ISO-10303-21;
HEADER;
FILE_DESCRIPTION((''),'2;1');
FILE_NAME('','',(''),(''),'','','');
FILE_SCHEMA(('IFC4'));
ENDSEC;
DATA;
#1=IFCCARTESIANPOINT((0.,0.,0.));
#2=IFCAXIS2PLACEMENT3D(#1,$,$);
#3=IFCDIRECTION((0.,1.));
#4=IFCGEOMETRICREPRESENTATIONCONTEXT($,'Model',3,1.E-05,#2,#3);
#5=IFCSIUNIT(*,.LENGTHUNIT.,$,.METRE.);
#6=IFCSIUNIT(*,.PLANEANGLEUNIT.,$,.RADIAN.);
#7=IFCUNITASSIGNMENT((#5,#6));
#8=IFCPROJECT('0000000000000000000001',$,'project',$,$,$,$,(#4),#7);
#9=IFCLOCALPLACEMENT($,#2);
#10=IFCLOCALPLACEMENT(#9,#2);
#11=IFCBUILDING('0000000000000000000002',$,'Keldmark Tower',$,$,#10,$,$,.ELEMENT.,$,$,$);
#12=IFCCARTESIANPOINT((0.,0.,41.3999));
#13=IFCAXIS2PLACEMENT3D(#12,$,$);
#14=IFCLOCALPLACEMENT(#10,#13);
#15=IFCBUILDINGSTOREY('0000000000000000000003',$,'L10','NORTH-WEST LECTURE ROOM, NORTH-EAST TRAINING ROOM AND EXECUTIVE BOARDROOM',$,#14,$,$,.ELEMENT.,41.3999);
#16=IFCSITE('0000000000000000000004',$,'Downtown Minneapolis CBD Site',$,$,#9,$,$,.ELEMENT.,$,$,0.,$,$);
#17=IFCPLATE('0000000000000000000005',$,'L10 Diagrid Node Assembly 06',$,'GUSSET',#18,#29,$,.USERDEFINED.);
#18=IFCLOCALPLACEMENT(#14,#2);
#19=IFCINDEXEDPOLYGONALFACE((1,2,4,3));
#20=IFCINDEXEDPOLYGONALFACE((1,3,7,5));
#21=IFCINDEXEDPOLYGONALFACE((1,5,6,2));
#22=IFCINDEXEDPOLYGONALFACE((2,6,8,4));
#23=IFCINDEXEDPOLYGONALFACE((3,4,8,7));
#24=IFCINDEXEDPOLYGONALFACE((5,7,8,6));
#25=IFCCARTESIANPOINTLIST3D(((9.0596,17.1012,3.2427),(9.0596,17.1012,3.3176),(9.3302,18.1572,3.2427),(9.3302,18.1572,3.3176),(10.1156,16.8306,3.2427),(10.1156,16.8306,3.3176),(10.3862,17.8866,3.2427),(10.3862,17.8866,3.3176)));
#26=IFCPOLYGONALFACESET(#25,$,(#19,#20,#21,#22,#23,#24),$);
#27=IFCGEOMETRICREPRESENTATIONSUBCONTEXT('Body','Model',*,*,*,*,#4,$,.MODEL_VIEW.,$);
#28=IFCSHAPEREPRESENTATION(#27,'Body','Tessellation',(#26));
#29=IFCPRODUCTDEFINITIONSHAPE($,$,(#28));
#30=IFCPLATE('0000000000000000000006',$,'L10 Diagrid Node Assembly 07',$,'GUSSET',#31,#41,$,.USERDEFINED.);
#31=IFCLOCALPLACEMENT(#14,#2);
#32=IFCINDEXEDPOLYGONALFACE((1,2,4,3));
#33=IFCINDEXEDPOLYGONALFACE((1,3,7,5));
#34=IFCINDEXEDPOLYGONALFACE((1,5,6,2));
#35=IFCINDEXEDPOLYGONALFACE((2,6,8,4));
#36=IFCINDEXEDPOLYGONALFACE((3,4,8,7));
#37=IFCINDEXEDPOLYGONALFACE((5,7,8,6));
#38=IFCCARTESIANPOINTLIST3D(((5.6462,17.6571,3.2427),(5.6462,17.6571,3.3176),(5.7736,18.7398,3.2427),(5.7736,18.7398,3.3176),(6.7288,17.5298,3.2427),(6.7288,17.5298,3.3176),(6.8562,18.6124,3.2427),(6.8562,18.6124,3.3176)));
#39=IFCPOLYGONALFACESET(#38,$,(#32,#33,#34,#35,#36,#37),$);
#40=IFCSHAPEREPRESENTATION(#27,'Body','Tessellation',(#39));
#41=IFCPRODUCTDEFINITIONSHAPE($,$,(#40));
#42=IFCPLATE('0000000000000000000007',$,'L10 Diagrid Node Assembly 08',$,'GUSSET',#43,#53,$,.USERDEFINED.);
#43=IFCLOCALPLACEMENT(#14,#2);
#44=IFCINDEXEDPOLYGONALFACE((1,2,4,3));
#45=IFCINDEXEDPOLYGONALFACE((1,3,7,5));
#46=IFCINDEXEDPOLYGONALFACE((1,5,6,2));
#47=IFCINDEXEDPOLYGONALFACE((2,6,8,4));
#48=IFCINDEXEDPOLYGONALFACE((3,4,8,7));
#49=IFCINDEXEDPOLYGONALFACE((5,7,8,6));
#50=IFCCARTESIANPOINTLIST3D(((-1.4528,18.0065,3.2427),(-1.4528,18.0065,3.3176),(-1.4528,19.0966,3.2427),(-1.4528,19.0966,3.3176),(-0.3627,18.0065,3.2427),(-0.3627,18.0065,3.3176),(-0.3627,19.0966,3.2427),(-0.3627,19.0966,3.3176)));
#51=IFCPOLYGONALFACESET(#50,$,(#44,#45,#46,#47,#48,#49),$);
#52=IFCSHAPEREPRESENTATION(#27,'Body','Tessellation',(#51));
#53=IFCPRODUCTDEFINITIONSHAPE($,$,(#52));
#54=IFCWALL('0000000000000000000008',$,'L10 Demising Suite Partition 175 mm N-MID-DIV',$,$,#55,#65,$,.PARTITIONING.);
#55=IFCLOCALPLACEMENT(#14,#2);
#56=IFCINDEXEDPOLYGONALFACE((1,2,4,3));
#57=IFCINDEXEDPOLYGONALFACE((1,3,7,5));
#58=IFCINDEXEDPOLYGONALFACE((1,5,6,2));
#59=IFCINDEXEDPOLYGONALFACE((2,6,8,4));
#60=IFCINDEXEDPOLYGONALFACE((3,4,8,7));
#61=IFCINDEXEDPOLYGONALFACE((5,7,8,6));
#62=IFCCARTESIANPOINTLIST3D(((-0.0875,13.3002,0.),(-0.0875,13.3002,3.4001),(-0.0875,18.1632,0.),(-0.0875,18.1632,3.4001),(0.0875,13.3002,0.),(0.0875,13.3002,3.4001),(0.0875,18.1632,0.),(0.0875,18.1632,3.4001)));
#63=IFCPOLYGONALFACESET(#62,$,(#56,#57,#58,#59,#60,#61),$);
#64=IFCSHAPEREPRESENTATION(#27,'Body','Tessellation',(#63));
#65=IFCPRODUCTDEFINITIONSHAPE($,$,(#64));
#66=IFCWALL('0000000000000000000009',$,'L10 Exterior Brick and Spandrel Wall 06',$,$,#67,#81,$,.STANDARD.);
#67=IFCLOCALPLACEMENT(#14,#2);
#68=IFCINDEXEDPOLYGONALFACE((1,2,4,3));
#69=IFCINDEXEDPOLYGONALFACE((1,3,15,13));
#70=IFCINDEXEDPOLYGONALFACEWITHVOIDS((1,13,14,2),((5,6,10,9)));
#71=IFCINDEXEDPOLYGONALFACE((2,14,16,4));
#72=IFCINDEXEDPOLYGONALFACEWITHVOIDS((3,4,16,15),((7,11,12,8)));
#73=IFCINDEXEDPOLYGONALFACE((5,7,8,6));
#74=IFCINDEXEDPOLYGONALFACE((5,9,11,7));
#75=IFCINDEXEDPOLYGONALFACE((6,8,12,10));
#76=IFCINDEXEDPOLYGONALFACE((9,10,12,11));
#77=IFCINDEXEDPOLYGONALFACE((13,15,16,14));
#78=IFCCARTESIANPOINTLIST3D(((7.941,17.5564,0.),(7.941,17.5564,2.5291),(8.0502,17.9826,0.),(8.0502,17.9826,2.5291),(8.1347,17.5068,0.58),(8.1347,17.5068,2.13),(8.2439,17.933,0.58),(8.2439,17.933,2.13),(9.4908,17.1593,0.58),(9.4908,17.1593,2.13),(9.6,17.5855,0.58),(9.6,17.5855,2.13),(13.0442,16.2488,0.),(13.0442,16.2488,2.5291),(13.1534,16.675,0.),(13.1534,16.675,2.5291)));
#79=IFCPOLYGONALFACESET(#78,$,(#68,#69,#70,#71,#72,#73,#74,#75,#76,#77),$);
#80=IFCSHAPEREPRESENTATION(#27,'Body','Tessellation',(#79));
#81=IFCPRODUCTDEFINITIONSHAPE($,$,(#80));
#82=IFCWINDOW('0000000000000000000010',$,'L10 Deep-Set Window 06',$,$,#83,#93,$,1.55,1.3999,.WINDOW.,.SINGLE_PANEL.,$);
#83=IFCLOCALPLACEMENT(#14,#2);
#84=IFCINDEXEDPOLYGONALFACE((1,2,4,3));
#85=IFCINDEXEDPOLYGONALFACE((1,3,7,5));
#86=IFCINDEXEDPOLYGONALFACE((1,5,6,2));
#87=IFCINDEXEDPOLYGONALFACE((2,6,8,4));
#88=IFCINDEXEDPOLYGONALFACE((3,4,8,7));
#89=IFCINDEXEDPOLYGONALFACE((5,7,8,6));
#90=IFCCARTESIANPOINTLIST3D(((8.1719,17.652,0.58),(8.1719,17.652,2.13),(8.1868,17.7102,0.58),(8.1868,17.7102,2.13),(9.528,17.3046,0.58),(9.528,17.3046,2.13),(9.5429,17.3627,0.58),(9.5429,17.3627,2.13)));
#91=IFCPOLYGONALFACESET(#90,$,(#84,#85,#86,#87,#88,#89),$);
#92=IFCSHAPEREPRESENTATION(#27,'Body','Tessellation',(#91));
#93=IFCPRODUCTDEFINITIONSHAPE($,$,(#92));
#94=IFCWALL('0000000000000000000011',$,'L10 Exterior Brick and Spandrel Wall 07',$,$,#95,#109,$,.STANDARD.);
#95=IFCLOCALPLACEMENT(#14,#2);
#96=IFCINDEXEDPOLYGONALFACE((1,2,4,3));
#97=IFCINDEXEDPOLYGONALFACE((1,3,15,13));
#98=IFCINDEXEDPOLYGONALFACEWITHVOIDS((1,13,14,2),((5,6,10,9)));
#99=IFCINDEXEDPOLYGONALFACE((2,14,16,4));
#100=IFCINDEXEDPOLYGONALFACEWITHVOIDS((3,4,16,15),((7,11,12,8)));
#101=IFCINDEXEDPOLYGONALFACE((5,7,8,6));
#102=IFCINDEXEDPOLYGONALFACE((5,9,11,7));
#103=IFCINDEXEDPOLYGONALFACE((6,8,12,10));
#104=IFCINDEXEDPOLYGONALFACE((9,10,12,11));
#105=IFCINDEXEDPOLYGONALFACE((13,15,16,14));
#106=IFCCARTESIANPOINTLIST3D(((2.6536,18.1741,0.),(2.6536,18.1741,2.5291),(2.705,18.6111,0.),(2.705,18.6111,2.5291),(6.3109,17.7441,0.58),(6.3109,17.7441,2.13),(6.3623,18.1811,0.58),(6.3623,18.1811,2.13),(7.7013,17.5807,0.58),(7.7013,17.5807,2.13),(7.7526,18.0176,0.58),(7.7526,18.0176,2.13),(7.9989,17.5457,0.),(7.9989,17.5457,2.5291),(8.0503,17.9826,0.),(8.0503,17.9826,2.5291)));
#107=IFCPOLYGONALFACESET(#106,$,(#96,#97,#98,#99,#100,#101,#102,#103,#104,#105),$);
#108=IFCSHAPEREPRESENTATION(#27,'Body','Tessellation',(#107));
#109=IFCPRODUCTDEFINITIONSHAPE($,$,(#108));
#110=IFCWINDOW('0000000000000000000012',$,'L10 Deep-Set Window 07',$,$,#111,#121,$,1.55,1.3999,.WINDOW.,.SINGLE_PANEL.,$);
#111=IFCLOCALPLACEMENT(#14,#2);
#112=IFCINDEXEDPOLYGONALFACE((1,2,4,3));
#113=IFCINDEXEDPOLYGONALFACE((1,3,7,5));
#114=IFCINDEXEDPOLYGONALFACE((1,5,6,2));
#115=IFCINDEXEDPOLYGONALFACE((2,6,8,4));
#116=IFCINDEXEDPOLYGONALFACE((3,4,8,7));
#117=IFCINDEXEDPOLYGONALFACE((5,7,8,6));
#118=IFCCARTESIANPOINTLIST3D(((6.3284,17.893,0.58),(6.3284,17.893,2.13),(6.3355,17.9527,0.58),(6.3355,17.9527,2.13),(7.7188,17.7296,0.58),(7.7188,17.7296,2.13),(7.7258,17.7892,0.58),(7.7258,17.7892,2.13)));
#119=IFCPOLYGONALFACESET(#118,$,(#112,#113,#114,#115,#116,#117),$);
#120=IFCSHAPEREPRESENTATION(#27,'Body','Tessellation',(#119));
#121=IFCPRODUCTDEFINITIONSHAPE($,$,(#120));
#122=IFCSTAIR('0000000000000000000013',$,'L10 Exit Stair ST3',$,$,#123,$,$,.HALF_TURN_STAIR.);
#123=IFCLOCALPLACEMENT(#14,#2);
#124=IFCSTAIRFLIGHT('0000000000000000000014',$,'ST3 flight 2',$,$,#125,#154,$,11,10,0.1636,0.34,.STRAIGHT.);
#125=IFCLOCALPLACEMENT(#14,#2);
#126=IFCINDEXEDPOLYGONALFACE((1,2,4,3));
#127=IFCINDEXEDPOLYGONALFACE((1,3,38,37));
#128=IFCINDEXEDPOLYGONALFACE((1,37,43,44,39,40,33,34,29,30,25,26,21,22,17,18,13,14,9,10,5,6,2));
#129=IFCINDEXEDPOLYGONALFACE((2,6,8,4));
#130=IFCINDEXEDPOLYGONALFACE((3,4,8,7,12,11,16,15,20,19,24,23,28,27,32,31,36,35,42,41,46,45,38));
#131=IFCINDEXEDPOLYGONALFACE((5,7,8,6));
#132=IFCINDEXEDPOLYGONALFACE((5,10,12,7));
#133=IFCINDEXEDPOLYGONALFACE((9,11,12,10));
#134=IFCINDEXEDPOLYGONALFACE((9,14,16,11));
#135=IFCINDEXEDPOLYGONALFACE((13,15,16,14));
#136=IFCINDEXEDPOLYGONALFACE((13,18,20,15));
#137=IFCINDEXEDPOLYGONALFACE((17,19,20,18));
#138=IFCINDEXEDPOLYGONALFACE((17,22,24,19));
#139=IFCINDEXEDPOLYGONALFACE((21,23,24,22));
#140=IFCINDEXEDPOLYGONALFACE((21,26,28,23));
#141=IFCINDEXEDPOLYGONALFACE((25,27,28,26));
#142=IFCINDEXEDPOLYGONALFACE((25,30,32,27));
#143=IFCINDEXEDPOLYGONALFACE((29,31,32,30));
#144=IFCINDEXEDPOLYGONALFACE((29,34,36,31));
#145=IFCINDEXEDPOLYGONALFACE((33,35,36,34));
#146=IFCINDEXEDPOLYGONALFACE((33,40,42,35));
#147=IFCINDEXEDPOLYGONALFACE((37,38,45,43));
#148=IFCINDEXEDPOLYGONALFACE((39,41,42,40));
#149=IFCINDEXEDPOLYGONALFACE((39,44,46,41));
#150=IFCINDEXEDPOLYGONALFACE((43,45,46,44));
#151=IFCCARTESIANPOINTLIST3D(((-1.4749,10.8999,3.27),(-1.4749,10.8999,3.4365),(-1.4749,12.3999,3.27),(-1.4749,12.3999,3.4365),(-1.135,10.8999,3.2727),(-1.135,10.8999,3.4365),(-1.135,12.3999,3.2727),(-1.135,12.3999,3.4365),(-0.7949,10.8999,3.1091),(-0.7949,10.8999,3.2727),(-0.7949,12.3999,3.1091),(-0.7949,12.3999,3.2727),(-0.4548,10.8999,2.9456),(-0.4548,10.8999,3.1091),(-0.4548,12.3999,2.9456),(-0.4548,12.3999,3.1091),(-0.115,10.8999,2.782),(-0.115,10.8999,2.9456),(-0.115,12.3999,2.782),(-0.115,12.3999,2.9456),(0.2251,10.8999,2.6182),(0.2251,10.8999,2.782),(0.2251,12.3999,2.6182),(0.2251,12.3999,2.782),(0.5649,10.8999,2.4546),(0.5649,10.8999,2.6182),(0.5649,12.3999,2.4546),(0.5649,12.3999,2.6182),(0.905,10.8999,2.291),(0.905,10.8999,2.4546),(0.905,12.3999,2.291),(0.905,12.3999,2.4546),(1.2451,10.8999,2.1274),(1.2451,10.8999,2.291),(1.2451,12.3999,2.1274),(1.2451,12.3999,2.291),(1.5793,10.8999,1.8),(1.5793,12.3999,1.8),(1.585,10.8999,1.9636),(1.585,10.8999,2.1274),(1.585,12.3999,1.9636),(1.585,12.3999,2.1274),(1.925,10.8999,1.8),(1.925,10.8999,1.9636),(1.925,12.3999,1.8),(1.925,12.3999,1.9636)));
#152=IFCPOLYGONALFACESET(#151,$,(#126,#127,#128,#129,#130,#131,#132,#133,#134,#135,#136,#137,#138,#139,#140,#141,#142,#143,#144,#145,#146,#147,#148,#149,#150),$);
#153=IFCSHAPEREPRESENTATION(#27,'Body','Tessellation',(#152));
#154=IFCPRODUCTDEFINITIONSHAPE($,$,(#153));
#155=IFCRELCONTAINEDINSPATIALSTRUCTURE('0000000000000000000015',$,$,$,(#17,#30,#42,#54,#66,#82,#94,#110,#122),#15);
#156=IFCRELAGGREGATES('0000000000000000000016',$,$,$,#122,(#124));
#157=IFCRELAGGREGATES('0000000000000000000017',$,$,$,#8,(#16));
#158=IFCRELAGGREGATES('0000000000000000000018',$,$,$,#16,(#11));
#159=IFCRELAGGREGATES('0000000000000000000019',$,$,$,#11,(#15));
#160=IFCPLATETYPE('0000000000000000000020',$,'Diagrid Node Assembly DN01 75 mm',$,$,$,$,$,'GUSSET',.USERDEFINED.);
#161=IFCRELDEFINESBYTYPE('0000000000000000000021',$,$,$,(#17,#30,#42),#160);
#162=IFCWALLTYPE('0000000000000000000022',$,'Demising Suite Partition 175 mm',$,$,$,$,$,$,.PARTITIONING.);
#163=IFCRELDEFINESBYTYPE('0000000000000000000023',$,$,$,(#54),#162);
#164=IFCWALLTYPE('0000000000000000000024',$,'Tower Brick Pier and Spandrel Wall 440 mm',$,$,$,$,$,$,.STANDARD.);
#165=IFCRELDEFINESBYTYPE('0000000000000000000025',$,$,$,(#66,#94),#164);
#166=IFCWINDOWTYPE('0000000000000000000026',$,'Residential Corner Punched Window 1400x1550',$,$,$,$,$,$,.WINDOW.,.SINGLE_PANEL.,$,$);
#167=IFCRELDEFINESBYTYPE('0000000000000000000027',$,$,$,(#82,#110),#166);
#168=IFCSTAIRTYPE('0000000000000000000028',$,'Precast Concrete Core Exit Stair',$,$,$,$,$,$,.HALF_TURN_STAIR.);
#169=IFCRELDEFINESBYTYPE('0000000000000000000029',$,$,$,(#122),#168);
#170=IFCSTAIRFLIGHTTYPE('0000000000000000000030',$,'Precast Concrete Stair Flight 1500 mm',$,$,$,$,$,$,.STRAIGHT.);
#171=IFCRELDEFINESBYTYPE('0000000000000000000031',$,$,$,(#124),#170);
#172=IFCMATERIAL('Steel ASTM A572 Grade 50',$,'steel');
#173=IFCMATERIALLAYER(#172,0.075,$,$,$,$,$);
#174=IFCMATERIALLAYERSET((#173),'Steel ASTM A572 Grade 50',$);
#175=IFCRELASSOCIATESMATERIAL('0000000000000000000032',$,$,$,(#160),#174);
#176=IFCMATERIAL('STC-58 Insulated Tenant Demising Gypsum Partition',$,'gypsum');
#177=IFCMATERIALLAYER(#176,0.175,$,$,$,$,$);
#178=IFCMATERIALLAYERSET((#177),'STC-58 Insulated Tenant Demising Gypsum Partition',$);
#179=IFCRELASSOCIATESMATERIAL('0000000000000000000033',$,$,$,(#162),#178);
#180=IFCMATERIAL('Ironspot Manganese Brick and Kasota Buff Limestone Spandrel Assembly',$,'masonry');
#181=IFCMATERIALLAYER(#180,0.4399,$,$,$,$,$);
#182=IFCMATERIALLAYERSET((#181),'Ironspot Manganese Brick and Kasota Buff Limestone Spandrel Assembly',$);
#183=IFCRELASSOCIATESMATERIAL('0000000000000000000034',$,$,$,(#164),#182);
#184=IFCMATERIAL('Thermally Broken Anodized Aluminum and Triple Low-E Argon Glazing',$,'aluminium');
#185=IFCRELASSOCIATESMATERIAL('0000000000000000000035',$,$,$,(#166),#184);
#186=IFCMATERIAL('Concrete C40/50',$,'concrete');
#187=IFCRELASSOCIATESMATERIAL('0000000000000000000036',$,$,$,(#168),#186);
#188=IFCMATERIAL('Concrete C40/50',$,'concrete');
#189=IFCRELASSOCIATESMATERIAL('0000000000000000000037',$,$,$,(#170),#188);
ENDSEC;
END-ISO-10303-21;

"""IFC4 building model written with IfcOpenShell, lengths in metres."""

from ifc_helpers import new_model, si_unit, direction, frame, frame_2d, origin, origin_2d, place, context, subcontext, project, spatial, polyline, rectangle, outline, extrude, material, layer, layer_set, type_object, element, fill, aggregate, save


model = new_model("IFC4")

# Units and contexts
model_context = context("Model", 3, precision=1e-05, world=origin(), true_north=direction((0.0, 1.0)))
body_context = subcontext(model_context, "Body", "Model", "MODEL_VIEW")
ifc_project = project(units=[si_unit("LENGTHUNIT", "METRE"), si_unit("PLANEANGLEUNIT", "RADIAN")], contexts=[model_context])

# Site, building, storey
site_placement = place(None, origin())
site = spatial("IfcSite", under=ifc_project, at=site_placement, Name="Downtown Minneapolis CBD Site", CompositionType="ELEMENT", RefElevation=0.0)
building_placement = place(site_placement, origin())
building = spatial("IfcBuilding", under=site, at=building_placement, Name="Keldmark Tower", CompositionType="ELEMENT")
storey_placement = place(building_placement, frame((0.0, 0.0, 41.3999)))
storey = spatial("IfcBuildingStorey", under=building, at=storey_placement, Name="L10", Description="NORTH-WEST LECTURE ROOM, NORTH-EAST TRAINING ROOM AND EXECUTIVE BOARDROOM", CompositionType="ELEMENT", Elevation=41.3999)

# Plates
ifc_material_1 = material(Name="Steel ASTM A572 Grade 50", Category="steel")
ifc_layer_1 = layer(ifc_material_1, 0.075)
ifc_layer_set_1 = layer_set([ifc_layer_1], Name="Steel ASTM A572 Grade 50")
plate_type_1 = type_object("IfcPlateType", Name="Diagrid Node Assembly DN01 75 mm", ElementType="GUSSET", PredefinedType="USERDEFINED", material=ifc_layer_set_1)
for number, where, z_axis, x_axis, name in (
    (1, (9.7229, 17.4939, 3.2427), (0.0, 0.0, 1.0), (-0.968713, 0.248183, 0.0), "L10 Diagrid Node Assembly 06"),
    (2, (6.2512, 18.1348, 3.2427), (0.0, 0.0, 1.0), (-0.99315, 0.116844, 0.0), "L10 Diagrid Node Assembly 07"),
    (3, (-0.9077, 18.5515, 3.2427), (0.0, 0.0, 1.0), (-1.0, 0.0, 0.0), "L10 Diagrid Node Assembly 08"),
):
    element("IfcPlate", number, at=place(storey_placement, frame(where, z_axis=z_axis, x_axis=x_axis)), inside=storey, type_object=plate_type_1, Name=name, ObjectType="GUSSET", PredefinedType="USERDEFINED", context=body_context, shape_type="SweptSolid", body=[
        extrude(rectangle(XDim=1.0901, YDim=1.0901, at=origin_2d()), origin(), (0.0, 0.0, 1.0), 0.075),
    ])

# Wall
ifc_material_2 = material(Name="STC-58 Insulated Tenant Demising Gypsum Partition", Category="gypsum")
ifc_layer_2 = layer(ifc_material_2, 0.175)
ifc_layer_set_2 = layer_set([ifc_layer_2], Name="STC-58 Insulated Tenant Demising Gypsum Partition")
wall_type_1 = type_object("IfcWallType", Name="Demising Suite Partition 175 mm", PredefinedType="PARTITIONING", material=ifc_layer_set_2)
wall_1_placement = place(storey_placement, frame((0.0, 13.3, 0.0), z_axis=(0.0, 0.0, 1.0), x_axis=(0.0, 1.0, 0.0)))
element("IfcWall", 4, at=wall_1_placement, inside=storey, type_object=wall_type_1, Name="L10 Demising Suite Partition 175 mm N-MID-DIV", PredefinedType="PARTITIONING", context=body_context, shape_type="SweptSolid", body=[
    extrude(rectangle(XDim=4.863, YDim=0.175, at=frame_2d((2.4316, 0.0))), origin(), (0.0, 0.0, 1.0), 3.4001),
])

# Walls, openings, windows
ifc_material_3 = material(Name="Ironspot Manganese Brick and Kasota Buff Limestone Spandrel Assembly", Category="masonry")
ifc_layer_3 = layer(ifc_material_3, 0.4399)
ifc_layer_set_3 = layer_set([ifc_layer_3], Name="Ironspot Manganese Brick and Kasota Buff Limestone Spandrel Assembly")
wall_type_2 = type_object("IfcWallType", Name="Tower Brick Pier and Spandrel Wall 440 mm", PredefinedType="STANDARD", material=ifc_layer_set_3)
wall_2_placement = place(storey_placement, frame((7.9956, 17.7695, 0.0), z_axis=(0.0, 0.0, 1.0), x_axis=(0.968706, -0.248213, 0.0)))
wall_2 = element("IfcWall", 5, at=wall_2_placement, inside=storey, type_object=wall_type_2, Name="L10 Exterior Brick and Spandrel Wall 06", PredefinedType="STANDARD", context=body_context, shape_type="SweptSolid", body=[
    extrude(rectangle(XDim=5.2681, YDim=0.4399, at=frame_2d((2.634, 0.0))), origin(), (0.0, 0.0, 1.0), 2.5291),
])
opening_1_placement = place(wall_2_placement, frame((0.2, 0.0, 0.5801)))
opening_1 = element("IfcOpeningElement", 6, at=opening_1_placement, cuts=wall_2, PredefinedType="OPENING", context=body_context, shape_type="SweptSolid", body=[
    extrude(rectangle(XDim=1.3999, YDim=1.55, at=frame_2d((0.7, 0.7749))), frame((0.0, 0.23, 0.0), z_axis=(0.0, -1.0, 0.0), x_axis=(1.0, 0.0, 0.0)), (0.0, 0.0, 1.0), 0.46),
])
ifc_material_4 = material(Name="Thermally Broken Anodized Aluminum and Triple Low-E Argon Glazing", Category="aluminium")
window_type = type_object("IfcWindowType", Name="Residential Corner Punched Window 1400x1550", PartitioningType="SINGLE_PANEL", PredefinedType="WINDOW", material=ifc_material_4)
window_1_placement = place(opening_1_placement, origin())
window_1 = element("IfcWindow", 7, at=window_1_placement, inside=storey, type_object=window_type, Name="L10 Deep-Set Window 06", OverallHeight=1.55, OverallWidth=1.3999, PartitioningType="SINGLE_PANEL", PredefinedType="WINDOW", context=body_context, shape_type="SweptSolid", body=[
    extrude(rectangle(XDim=1.3999, YDim=1.55, at=frame_2d((0.7, 0.7749))), frame((0.0, -0.01, 0.0), z_axis=(0.0, -1.0, 0.0), x_axis=(1.0, 0.0, 0.0)), (0.0, 0.0, 1.0), 0.0601),
])
fill(opening_1, window_1)
wall_3_placement = place(storey_placement, frame((2.6794, 18.3926, 0.0), z_axis=(0.0, 0.0, 1.0), x_axis=(0.99316, -0.116762, 0.0)))
wall_3 = element("IfcWall", 8, at=wall_3_placement, inside=storey, type_object=wall_type_2, Name="L10 Exterior Brick and Spandrel Wall 07", PredefinedType="STANDARD", context=body_context, shape_type="SweptSolid", body=[
    extrude(rectangle(XDim=5.3821, YDim=0.4399, at=frame_2d((2.6909, 0.0))), origin(), (0.0, 0.0, 1.0), 2.5291),
])
opening_2_placement = place(wall_3_placement, frame((3.6824, 0.0, 0.5801)))
opening_2 = element("IfcOpeningElement", 9, at=opening_2_placement, cuts=wall_3, PredefinedType="OPENING", context=body_context, shape_type="SweptSolid", body=[
    extrude(rectangle(XDim=1.3999, YDim=1.55, at=frame_2d((0.7, 0.7749))), frame((0.0, 0.23, 0.0), z_axis=(0.0, -1.0, 0.0), x_axis=(1.0, 0.0, 0.0)), (0.0, 0.0, 1.0), 0.46),
])
window_2_placement = place(opening_2_placement, origin())
window_2 = element("IfcWindow", 10, at=window_2_placement, inside=storey, type_object=window_type, Name="L10 Deep-Set Window 07", OverallHeight=1.55, OverallWidth=1.3999, PartitioningType="SINGLE_PANEL", PredefinedType="WINDOW", context=body_context, shape_type="SweptSolid", body=[
    extrude(rectangle(XDim=1.3999, YDim=1.55, at=frame_2d((0.7, 0.7749))), frame((0.0, -0.01, 0.0), z_axis=(0.0, -1.0, 0.0), x_axis=(1.0, 0.0, 0.0)), (0.0, 0.0, 1.0), 0.0601),
])
fill(opening_2, window_2)

# Stair, stair flight
ifc_material_5 = material(Name="Concrete C40/50", Category="concrete")
stair_type = type_object("IfcStairType", Name="Precast Concrete Core Exit Stair", PredefinedType="HALF_TURN_STAIR", material=ifc_material_5)
stair_placement = place(storey_placement, origin())
stair = element("IfcStair", 11, at=stair_placement, inside=storey, type_object=stair_type, Name="L10 Exit Stair ST3", PredefinedType="HALF_TURN_STAIR")
ifc_material_6 = material(Name="Concrete C40/50", Category="concrete")
stair_flight_type = type_object("IfcStairFlightType", Name="Precast Concrete Stair Flight 1500 mm", PredefinedType="STRAIGHT", material=ifc_material_6)
stair_flight_placement = place(storey_placement, frame((1.925, 11.6499, 1.8), z_axis=(0.0, 0.0, 1.0), x_axis=(-1.0, 0.0, 0.0)))
stair_flight = element("IfcStairFlight", 12, at=stair_flight_placement, type_object=stair_flight_type, Name="ST3 flight 2", NumberOfRisers=11, NumberOfTreads=10, PredefinedType="STRAIGHT", RiserHeight=0.1636, TreadLength=0.34, context=body_context, shape_type="SweptSolid", body=[
    extrude(outline(polyline([(0.0, 0.0), (0.0, 0.1636), (0.3401, 0.1636), (0.3401, 0.3274), (0.6799, 0.3274), (0.6799, 0.491), (1.02, 0.491), (1.02, 0.6545), (1.3601, 0.6545), (1.3601, 0.8181), (1.7, 0.8181), (1.7, 0.9819), (2.04, 0.9819), (2.04, 1.1455), (2.3799, 1.1455), (2.3799, 1.3091), (2.72, 1.3091), (2.72, 1.4727), (3.0601, 1.4727), (3.0601, 1.6365), (3.3999, 1.6365), (3.3999, 1.8), (3.3999, 1.47), (0.3457, 0.0), (0.0, 0.0)])), frame((0.0, 0.75, 0.0), z_axis=(0.0, -1.0, 0.0), x_axis=(1.0, 0.0, 0.0)), (0.0, 0.0, 1.0), 1.5),
])
aggregate(stair, [stair_flight])

save(model, "model.ifc")
